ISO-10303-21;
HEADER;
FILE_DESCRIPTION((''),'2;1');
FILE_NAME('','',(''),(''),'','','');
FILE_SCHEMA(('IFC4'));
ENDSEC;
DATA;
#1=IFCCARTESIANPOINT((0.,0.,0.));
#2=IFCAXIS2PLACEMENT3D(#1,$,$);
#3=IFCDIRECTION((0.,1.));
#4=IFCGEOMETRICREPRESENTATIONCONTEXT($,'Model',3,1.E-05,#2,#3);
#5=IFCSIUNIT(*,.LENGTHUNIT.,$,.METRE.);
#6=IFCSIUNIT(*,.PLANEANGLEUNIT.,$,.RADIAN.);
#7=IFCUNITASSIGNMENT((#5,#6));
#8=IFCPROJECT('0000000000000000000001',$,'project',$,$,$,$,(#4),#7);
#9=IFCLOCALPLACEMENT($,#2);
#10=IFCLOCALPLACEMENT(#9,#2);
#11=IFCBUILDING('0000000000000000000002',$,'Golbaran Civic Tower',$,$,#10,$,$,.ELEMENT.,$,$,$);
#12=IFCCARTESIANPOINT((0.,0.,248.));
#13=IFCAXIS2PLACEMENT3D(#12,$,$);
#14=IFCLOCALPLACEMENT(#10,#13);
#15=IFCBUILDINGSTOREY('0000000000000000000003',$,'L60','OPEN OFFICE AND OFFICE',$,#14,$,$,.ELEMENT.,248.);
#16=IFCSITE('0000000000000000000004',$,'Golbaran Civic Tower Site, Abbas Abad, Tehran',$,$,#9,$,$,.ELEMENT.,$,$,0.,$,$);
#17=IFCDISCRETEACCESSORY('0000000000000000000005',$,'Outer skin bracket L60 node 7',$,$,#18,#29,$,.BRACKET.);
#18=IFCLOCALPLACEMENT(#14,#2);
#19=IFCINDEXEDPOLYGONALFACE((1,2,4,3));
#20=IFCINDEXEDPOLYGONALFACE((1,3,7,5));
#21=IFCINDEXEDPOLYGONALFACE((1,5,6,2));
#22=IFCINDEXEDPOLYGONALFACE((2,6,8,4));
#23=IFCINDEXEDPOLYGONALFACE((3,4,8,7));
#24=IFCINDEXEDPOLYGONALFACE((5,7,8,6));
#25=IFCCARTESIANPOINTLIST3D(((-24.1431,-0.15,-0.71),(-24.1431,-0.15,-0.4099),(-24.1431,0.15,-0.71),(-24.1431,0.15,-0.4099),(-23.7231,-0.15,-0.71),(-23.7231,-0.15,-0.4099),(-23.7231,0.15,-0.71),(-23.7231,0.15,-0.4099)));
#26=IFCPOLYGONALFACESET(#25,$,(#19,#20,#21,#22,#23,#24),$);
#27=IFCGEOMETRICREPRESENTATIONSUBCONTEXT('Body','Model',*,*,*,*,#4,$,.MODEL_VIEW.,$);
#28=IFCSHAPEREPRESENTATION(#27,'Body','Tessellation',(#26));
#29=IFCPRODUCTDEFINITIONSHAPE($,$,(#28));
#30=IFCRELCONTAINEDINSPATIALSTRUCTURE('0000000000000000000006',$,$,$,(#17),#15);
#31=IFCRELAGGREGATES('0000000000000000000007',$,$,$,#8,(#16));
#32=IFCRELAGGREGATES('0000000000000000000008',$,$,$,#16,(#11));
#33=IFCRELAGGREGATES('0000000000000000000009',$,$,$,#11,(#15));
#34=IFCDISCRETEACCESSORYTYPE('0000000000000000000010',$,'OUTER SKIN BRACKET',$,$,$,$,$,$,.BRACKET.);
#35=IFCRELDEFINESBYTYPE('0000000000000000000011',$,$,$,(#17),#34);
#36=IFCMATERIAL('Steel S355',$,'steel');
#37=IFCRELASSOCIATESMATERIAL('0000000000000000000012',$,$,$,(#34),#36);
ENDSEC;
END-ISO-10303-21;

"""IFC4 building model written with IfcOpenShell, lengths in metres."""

from ifc_helpers import new_model, si_unit, direction, frame, origin, origin_2d, place, context, subcontext, project, spatial, rectangle, extrude, material, type_object, element, save


model = new_model("IFC4")

# Units and contexts
model_context = context("Model", 3, precision=1e-05, world=origin(), true_north=direction((0.0, 1.0)))
body_context = subcontext(model_context, "Body", "Model", "MODEL_VIEW")
ifc_project = project(units=[si_unit("LENGTHUNIT", "METRE"), si_unit("PLANEANGLEUNIT", "RADIAN")], contexts=[model_context])

# Site, building, storey
site_placement = place(None, origin())
site = spatial("IfcSite", under=ifc_project, at=site_placement, Name="Golbaran Civic Tower Site, Abbas Abad, Tehran", CompositionType="ELEMENT", RefElevation=0.0)
building_placement = place(site_placement, origin())
building = spatial("IfcBuilding", under=site, at=building_placement, Name="Golbaran Civic Tower", CompositionType="ELEMENT")
storey_placement = place(building_placement, frame((0.0, 0.0, 248.0)))
storey = spatial("IfcBuildingStorey", under=building, at=storey_placement, Name="L60", Description="OPEN OFFICE AND OFFICE", CompositionType="ELEMENT", Elevation=248.0)

# Shared definitions
ifc_material_1 = material(Name="Steel S355", Category="steel")

# Discrete accessory
discrete_accessory_type = type_object("IfcDiscreteAccessoryType", Name="OUTER SKIN BRACKET", PredefinedType="BRACKET", material=ifc_material_1)
discrete_accessory_placement = place(storey_placement, frame((-23.9331, 0.0, -0.71), z_axis=(0.0, 0.0, 1.0), x_axis=(-1.0, 0.0, 0.0)))
element("IfcDiscreteAccessory", 1, at=discrete_accessory_placement, inside=storey, type_object=discrete_accessory_type, Name="Outer skin bracket L60 node 7", PredefinedType="BRACKET", context=body_context, shape_type="SweptSolid", body=[
    extrude(rectangle(XDim=0.4199, YDim=0.3, at=origin_2d()), origin(), (0.0, 0.0, 1.0), 0.3),
])

save(model, "model.ifc")
